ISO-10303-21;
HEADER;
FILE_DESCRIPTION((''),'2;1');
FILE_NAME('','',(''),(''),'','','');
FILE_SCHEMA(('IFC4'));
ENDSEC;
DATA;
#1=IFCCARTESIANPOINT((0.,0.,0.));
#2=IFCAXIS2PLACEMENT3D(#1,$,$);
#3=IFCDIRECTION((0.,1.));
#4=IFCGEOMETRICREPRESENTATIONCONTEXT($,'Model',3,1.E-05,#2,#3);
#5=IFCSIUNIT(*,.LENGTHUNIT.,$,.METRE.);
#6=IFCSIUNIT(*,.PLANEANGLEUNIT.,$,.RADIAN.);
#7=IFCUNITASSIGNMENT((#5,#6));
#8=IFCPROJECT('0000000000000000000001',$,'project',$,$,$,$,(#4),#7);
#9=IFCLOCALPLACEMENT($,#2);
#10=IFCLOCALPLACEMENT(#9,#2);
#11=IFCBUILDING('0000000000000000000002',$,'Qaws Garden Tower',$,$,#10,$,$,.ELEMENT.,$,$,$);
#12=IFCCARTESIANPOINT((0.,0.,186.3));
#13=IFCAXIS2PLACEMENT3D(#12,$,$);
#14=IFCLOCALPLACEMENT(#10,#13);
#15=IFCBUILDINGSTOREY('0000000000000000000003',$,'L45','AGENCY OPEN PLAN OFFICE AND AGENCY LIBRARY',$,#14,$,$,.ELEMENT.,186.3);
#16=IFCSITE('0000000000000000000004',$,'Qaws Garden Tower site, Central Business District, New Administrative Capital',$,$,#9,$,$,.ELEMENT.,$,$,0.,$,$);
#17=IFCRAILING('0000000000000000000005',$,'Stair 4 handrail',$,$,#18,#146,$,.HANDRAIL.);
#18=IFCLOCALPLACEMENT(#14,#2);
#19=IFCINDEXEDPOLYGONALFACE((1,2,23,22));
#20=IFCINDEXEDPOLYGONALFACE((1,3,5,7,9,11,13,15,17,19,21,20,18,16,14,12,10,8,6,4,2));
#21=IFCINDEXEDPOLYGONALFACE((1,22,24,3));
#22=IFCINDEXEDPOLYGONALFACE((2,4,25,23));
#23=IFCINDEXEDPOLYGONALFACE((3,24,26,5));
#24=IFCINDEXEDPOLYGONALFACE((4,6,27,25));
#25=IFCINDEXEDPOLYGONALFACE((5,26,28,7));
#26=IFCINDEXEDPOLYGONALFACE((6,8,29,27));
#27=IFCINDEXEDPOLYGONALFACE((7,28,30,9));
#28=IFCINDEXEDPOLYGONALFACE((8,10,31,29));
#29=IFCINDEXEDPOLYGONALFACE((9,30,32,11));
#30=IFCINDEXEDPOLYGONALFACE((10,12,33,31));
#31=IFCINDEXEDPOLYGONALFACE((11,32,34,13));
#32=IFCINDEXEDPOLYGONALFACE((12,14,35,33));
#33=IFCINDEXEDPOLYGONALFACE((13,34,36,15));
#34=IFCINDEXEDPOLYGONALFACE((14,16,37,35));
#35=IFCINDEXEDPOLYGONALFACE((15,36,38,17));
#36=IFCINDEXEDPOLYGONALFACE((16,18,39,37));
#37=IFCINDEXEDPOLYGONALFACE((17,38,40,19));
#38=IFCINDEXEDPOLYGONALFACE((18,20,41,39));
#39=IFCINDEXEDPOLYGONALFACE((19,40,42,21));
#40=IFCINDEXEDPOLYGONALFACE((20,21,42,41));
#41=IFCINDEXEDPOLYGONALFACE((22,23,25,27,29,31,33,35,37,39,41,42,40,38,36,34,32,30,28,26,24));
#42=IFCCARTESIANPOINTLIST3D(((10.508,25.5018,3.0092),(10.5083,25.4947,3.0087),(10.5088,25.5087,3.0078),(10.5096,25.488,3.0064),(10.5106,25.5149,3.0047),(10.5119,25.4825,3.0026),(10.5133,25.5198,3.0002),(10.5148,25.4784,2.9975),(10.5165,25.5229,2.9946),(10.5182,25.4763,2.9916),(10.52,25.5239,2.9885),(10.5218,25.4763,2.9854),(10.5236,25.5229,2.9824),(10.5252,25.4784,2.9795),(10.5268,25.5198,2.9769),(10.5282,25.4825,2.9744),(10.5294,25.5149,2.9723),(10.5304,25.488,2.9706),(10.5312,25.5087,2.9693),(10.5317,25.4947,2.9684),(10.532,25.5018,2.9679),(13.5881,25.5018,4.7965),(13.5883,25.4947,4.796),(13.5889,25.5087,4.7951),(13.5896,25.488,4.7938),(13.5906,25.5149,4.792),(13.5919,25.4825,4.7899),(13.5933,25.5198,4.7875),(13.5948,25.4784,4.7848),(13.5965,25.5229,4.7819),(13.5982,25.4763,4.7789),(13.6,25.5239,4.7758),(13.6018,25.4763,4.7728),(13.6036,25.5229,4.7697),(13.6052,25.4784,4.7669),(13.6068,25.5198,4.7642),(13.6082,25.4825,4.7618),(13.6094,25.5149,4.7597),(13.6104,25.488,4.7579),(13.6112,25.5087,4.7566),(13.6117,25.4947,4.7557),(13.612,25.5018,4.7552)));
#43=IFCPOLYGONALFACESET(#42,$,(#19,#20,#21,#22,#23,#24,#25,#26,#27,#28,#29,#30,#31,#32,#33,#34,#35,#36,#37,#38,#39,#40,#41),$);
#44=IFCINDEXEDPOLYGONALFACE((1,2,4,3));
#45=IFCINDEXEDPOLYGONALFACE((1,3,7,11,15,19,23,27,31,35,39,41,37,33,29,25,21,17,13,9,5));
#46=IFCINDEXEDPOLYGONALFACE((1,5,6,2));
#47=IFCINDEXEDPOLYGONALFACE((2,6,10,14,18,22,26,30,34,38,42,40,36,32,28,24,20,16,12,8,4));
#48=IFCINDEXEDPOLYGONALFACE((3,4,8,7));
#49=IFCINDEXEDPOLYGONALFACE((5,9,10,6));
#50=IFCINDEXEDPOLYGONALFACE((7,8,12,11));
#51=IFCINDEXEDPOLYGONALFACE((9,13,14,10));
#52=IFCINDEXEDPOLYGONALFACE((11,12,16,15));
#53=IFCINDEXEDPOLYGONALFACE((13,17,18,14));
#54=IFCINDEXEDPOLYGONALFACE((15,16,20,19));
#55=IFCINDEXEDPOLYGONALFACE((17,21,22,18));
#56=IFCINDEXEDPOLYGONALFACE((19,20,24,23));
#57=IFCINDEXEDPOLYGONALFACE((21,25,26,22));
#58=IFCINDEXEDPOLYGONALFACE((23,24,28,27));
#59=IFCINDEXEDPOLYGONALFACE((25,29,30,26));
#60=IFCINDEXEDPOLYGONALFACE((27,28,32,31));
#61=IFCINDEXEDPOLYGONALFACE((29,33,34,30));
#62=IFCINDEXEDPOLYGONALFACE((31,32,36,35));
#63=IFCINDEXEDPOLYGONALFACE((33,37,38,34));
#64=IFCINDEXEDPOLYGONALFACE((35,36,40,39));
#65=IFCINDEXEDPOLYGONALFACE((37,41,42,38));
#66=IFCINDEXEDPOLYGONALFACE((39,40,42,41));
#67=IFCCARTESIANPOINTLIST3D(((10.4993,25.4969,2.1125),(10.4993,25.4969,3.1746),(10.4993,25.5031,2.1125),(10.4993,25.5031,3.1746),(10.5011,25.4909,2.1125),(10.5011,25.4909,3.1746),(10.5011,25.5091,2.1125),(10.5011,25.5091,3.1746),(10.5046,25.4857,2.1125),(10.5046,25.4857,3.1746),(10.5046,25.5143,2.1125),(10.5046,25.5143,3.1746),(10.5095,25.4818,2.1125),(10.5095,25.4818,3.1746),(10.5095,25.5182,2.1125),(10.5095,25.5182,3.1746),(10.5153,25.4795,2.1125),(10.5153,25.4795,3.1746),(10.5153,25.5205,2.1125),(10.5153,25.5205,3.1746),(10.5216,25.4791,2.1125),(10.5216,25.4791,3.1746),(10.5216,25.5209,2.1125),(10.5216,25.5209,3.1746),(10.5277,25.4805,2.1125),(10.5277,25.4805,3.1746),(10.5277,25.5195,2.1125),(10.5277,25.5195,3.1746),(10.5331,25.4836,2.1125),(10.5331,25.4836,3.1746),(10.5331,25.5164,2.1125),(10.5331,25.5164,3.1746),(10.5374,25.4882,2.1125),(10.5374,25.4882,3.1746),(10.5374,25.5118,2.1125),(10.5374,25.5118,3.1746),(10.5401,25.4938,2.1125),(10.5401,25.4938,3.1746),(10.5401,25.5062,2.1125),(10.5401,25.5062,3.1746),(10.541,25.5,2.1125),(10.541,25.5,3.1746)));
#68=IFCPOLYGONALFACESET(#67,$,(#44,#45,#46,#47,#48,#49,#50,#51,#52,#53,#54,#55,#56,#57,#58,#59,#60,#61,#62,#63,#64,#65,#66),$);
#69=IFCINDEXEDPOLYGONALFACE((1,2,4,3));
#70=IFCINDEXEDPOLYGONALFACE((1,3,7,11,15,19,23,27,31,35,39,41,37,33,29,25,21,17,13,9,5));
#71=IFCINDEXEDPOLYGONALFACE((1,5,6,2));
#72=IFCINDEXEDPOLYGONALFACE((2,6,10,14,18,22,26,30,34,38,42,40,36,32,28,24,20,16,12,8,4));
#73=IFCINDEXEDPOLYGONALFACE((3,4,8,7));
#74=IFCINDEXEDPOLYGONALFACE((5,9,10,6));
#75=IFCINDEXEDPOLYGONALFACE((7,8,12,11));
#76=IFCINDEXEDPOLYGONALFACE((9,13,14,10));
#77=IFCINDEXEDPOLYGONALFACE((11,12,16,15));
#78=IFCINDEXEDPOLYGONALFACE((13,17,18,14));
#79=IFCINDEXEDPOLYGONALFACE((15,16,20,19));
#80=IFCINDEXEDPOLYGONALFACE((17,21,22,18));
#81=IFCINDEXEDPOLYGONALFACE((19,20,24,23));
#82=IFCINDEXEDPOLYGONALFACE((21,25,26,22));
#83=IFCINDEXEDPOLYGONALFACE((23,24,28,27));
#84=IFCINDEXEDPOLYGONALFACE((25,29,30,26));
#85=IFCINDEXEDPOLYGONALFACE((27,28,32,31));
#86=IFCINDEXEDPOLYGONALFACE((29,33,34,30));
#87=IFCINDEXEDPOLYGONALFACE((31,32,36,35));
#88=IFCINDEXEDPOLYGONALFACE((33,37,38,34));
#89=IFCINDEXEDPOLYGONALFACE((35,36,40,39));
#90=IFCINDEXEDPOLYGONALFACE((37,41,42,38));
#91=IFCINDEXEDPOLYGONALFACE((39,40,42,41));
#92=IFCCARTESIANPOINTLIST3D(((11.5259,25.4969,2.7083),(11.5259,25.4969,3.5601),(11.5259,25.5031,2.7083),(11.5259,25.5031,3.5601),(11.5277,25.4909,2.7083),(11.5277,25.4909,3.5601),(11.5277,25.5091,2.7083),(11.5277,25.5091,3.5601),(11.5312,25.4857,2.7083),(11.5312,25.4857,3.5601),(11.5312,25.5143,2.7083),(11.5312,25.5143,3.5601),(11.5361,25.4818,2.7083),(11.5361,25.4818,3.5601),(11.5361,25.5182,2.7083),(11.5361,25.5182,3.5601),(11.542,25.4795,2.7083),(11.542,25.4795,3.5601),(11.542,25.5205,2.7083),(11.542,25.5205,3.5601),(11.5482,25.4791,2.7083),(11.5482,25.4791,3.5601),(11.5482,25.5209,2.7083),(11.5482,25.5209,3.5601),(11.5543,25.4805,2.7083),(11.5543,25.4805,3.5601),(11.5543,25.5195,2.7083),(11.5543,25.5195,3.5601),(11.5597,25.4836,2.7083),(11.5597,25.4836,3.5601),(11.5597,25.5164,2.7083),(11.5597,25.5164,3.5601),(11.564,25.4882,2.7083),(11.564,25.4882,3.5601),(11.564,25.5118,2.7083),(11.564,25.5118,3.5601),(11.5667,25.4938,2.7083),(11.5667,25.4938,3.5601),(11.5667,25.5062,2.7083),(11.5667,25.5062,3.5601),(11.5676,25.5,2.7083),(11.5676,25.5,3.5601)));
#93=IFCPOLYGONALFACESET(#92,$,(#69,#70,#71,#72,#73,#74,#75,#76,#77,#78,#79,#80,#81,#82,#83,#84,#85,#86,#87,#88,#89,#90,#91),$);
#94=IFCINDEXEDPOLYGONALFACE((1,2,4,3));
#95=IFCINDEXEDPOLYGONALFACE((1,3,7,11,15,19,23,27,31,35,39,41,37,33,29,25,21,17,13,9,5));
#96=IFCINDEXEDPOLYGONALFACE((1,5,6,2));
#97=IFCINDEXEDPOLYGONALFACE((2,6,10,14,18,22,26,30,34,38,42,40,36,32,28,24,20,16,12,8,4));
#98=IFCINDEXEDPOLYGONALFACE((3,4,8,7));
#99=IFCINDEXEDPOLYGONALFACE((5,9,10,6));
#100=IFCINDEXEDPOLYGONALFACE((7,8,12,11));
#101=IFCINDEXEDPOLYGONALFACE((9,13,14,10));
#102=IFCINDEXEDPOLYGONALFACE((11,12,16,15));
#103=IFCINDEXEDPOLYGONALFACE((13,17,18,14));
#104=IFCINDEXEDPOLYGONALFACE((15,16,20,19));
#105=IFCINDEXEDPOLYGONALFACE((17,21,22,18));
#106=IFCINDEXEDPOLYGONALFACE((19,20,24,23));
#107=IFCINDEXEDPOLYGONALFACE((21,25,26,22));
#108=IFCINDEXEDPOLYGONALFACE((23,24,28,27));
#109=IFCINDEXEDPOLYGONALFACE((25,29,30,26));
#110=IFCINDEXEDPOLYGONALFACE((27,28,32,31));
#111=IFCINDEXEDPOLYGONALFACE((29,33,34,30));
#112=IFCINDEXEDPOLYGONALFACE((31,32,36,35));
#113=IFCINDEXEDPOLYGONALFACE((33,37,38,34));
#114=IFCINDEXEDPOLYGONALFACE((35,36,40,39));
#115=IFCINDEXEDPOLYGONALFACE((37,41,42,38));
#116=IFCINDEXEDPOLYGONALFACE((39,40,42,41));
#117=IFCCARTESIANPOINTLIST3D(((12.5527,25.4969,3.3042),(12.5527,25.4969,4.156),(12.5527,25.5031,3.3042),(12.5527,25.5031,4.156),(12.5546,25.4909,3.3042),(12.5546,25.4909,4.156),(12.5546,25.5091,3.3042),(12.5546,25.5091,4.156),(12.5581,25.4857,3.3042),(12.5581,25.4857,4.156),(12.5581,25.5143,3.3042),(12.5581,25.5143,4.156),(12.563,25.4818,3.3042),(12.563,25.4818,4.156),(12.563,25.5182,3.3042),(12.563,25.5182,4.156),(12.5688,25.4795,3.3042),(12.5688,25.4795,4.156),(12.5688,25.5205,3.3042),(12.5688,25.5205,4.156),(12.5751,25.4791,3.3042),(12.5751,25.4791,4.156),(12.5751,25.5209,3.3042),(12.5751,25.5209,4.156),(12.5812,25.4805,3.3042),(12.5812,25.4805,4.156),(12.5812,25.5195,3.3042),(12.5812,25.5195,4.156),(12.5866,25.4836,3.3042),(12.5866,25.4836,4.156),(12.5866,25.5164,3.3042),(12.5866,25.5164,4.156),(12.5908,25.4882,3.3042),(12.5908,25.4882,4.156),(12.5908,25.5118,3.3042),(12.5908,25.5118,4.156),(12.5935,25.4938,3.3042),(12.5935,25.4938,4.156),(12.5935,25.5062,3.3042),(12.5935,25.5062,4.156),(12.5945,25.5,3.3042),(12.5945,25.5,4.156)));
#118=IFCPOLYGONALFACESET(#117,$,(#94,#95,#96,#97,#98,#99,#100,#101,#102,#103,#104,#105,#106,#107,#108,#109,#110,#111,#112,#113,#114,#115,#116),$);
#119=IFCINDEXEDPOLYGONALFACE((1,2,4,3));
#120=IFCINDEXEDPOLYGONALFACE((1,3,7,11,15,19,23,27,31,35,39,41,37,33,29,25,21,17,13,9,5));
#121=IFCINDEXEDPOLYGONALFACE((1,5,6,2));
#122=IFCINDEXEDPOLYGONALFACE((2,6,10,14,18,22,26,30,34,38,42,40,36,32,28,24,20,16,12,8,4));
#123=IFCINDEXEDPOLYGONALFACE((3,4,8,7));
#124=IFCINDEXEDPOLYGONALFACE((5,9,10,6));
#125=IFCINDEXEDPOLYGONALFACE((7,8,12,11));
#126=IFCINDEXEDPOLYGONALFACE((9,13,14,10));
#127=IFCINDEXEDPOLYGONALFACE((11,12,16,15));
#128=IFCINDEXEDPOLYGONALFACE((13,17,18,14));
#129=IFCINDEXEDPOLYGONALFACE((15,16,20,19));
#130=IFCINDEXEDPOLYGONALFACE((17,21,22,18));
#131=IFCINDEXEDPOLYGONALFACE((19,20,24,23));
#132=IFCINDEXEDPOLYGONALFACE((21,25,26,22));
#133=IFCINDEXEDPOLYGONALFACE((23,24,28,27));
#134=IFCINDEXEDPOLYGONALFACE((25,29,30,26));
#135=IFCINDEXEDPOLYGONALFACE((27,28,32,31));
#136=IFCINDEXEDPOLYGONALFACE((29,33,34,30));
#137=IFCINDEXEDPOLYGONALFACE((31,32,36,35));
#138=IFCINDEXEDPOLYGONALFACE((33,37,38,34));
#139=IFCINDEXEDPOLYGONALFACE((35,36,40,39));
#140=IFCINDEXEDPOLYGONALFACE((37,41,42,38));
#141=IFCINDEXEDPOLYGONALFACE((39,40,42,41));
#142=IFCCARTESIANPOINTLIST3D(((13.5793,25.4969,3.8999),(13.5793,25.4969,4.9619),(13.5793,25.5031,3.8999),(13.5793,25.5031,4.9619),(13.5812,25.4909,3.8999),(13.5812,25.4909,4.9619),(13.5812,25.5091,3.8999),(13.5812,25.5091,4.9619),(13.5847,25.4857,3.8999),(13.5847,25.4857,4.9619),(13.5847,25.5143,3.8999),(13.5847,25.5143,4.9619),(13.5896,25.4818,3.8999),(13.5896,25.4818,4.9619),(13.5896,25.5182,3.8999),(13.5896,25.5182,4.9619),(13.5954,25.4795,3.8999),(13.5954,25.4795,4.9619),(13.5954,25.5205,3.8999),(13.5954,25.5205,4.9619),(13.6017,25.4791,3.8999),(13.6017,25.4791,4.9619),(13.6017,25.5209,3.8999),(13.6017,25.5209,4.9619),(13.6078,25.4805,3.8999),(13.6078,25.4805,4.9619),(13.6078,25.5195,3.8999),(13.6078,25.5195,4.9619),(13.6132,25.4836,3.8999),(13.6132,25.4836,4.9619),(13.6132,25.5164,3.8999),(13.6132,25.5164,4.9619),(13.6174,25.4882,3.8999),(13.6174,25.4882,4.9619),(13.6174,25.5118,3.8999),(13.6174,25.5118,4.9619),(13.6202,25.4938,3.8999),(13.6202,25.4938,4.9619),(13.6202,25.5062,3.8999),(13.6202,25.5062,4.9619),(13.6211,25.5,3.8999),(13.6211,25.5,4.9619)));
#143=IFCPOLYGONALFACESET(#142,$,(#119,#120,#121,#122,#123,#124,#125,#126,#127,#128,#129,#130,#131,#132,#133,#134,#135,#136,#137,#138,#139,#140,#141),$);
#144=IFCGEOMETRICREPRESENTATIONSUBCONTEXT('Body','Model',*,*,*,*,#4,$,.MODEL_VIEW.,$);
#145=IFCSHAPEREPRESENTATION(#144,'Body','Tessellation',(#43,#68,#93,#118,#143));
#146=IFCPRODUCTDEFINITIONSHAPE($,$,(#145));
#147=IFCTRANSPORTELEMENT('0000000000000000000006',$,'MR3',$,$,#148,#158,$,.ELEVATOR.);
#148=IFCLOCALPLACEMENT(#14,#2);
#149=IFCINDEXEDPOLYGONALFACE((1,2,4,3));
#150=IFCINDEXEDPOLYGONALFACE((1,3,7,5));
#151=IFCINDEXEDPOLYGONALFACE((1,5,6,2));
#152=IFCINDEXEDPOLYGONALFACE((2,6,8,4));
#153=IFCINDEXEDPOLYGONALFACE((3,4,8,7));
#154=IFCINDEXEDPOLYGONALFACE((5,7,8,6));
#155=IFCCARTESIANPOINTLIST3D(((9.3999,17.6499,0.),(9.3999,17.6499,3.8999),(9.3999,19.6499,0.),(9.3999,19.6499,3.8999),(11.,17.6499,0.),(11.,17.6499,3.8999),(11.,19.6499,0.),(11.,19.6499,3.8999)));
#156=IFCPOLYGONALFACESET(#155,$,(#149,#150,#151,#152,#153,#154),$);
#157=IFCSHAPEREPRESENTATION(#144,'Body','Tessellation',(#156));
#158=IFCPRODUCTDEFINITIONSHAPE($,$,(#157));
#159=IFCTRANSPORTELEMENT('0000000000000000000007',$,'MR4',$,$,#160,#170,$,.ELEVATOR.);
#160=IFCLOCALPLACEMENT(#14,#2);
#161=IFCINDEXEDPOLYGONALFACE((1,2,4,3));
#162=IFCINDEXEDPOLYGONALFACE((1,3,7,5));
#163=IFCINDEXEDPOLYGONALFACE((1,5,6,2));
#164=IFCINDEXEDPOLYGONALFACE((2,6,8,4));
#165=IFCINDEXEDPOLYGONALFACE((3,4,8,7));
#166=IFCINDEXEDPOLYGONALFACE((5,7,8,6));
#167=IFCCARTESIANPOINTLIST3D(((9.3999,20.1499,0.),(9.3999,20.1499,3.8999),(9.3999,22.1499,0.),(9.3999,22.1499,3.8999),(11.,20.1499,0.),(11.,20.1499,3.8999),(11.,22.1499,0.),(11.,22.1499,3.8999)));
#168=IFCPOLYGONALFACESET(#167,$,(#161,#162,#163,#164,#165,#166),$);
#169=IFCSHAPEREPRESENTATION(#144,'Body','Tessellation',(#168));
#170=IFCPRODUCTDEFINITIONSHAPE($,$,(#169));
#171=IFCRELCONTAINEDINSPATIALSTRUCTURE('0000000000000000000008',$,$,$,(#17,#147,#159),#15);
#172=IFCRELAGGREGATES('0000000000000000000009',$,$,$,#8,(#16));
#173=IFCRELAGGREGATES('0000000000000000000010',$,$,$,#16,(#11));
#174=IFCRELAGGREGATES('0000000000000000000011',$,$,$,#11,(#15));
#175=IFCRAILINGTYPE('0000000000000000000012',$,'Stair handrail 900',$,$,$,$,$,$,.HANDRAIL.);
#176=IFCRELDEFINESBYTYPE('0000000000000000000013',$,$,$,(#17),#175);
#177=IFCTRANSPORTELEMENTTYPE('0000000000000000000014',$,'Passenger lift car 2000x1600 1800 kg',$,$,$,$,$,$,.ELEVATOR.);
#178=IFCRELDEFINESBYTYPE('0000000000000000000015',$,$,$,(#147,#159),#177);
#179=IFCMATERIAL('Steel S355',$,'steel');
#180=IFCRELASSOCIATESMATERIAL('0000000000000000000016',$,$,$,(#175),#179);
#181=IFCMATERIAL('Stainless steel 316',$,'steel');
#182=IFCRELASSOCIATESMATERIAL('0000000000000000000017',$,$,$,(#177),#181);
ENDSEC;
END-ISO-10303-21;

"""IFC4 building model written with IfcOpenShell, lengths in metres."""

from ifc_helpers import new_model, si_unit, direction, frame, origin, origin_2d, place, context, subcontext, project, spatial, rectangle, circle, extrude, material, type_object, element, save


model = new_model("IFC4")

# Units and contexts
model_context = context("Model", 3, precision=1e-05, world=origin(), true_north=direction((0.0, 1.0)))
body_context = subcontext(model_context, "Body", "Model", "MODEL_VIEW")
ifc_project = project(units=[si_unit("LENGTHUNIT", "METRE"), si_unit("PLANEANGLEUNIT", "RADIAN")], contexts=[model_context])

# Site, building, storey
site_placement = place(None, origin())
site = spatial("IfcSite", under=ifc_project, at=site_placement, Name="Qaws Garden Tower site, Central Business District, New Administrative Capital", CompositionType="ELEMENT", RefElevation=0.0)
building_placement = place(site_placement, origin())
building = spatial("IfcBuilding", under=site, at=building_placement, Name="Qaws Garden Tower", CompositionType="ELEMENT")
storey_placement = place(building_placement, frame((0.0, 0.0, 186.3)))
storey = spatial("IfcBuildingStorey", under=building, at=storey_placement, Name="L45", Description="AGENCY OPEN PLAN OFFICE AND AGENCY LIBRARY", CompositionType="ELEMENT", Elevation=186.3)

# Railing
ifc_material_1 = material(Name="Steel S355", Category="steel")
railing_type = type_object("IfcRailingType", Name="Stair handrail 900", PredefinedType="HANDRAIL", material=ifc_material_1)
railing_1_placement = place(storey_placement, frame((10.52, 25.5, 2.1125)))
element("IfcRailing", 1, at=railing_1_placement, inside=storey, type_object=railing_type, Name="Stair 4 handrail", PredefinedType="HANDRAIL", context=body_context, shape_type="SweptSolid", body=[
    extrude(circle(Radius=0.0239, at=origin_2d()), frame((0.0, 0.0, 0.876), z_axis=(0.86492, 0.0, 0.501909), x_axis=(0.0, 1.0, 0.0)), (0.0, 0.0, 1.0), 3.561),
    extrude(circle(Radius=0.021, at=origin_2d()), origin(), (0.0, 0.0, 1.0), 1.062),
    extrude(circle(Radius=0.021, at=origin_2d()), frame((1.0266, 0.0, 0.5957)), (0.0, 0.0, 1.0), 0.8518),
    extrude(circle(Radius=0.021, at=origin_2d()), frame((2.0535, 0.0, 1.1917)), (0.0, 0.0, 1.0), 0.8518),
    extrude(circle(Radius=0.021, at=origin_2d()), frame((3.0801, 0.0, 1.7874)), (0.0, 0.0, 1.0), 1.062),
])

# Transport elements
ifc_material_2 = material(Name="Stainless steel 316", Category="steel")
transport_element_type = type_object("IfcTransportElementType", Name="Passenger lift car 2000x1600 1800 kg", PredefinedType="ELEVATOR", material=ifc_material_2)
for number, where, z_axis, x_axis, name in (
    (2, (10.2, 18.6499, 0.0), (0.0, 0.0, 1.0), (1.0, 0.0, 0.0), "MR3"),
    (3, (10.2, 21.1499, 0.0), (0.0, 0.0, 1.0), (1.0, 0.0, 0.0), "MR4"),
):
    element("IfcTransportElement", number, at=place(storey_placement, frame(where, z_axis=z_axis, x_axis=x_axis)), inside=storey, type_object=transport_element_type, Name=name, PredefinedType="ELEVATOR", context=body_context, shape_type="SweptSolid", body=[
        extrude(rectangle(XDim=1.6001, YDim=2.0, at=origin_2d()), origin(), (0.0, 0.0, 1.0), 3.8999),
    ])

save(model, "model.ifc")
